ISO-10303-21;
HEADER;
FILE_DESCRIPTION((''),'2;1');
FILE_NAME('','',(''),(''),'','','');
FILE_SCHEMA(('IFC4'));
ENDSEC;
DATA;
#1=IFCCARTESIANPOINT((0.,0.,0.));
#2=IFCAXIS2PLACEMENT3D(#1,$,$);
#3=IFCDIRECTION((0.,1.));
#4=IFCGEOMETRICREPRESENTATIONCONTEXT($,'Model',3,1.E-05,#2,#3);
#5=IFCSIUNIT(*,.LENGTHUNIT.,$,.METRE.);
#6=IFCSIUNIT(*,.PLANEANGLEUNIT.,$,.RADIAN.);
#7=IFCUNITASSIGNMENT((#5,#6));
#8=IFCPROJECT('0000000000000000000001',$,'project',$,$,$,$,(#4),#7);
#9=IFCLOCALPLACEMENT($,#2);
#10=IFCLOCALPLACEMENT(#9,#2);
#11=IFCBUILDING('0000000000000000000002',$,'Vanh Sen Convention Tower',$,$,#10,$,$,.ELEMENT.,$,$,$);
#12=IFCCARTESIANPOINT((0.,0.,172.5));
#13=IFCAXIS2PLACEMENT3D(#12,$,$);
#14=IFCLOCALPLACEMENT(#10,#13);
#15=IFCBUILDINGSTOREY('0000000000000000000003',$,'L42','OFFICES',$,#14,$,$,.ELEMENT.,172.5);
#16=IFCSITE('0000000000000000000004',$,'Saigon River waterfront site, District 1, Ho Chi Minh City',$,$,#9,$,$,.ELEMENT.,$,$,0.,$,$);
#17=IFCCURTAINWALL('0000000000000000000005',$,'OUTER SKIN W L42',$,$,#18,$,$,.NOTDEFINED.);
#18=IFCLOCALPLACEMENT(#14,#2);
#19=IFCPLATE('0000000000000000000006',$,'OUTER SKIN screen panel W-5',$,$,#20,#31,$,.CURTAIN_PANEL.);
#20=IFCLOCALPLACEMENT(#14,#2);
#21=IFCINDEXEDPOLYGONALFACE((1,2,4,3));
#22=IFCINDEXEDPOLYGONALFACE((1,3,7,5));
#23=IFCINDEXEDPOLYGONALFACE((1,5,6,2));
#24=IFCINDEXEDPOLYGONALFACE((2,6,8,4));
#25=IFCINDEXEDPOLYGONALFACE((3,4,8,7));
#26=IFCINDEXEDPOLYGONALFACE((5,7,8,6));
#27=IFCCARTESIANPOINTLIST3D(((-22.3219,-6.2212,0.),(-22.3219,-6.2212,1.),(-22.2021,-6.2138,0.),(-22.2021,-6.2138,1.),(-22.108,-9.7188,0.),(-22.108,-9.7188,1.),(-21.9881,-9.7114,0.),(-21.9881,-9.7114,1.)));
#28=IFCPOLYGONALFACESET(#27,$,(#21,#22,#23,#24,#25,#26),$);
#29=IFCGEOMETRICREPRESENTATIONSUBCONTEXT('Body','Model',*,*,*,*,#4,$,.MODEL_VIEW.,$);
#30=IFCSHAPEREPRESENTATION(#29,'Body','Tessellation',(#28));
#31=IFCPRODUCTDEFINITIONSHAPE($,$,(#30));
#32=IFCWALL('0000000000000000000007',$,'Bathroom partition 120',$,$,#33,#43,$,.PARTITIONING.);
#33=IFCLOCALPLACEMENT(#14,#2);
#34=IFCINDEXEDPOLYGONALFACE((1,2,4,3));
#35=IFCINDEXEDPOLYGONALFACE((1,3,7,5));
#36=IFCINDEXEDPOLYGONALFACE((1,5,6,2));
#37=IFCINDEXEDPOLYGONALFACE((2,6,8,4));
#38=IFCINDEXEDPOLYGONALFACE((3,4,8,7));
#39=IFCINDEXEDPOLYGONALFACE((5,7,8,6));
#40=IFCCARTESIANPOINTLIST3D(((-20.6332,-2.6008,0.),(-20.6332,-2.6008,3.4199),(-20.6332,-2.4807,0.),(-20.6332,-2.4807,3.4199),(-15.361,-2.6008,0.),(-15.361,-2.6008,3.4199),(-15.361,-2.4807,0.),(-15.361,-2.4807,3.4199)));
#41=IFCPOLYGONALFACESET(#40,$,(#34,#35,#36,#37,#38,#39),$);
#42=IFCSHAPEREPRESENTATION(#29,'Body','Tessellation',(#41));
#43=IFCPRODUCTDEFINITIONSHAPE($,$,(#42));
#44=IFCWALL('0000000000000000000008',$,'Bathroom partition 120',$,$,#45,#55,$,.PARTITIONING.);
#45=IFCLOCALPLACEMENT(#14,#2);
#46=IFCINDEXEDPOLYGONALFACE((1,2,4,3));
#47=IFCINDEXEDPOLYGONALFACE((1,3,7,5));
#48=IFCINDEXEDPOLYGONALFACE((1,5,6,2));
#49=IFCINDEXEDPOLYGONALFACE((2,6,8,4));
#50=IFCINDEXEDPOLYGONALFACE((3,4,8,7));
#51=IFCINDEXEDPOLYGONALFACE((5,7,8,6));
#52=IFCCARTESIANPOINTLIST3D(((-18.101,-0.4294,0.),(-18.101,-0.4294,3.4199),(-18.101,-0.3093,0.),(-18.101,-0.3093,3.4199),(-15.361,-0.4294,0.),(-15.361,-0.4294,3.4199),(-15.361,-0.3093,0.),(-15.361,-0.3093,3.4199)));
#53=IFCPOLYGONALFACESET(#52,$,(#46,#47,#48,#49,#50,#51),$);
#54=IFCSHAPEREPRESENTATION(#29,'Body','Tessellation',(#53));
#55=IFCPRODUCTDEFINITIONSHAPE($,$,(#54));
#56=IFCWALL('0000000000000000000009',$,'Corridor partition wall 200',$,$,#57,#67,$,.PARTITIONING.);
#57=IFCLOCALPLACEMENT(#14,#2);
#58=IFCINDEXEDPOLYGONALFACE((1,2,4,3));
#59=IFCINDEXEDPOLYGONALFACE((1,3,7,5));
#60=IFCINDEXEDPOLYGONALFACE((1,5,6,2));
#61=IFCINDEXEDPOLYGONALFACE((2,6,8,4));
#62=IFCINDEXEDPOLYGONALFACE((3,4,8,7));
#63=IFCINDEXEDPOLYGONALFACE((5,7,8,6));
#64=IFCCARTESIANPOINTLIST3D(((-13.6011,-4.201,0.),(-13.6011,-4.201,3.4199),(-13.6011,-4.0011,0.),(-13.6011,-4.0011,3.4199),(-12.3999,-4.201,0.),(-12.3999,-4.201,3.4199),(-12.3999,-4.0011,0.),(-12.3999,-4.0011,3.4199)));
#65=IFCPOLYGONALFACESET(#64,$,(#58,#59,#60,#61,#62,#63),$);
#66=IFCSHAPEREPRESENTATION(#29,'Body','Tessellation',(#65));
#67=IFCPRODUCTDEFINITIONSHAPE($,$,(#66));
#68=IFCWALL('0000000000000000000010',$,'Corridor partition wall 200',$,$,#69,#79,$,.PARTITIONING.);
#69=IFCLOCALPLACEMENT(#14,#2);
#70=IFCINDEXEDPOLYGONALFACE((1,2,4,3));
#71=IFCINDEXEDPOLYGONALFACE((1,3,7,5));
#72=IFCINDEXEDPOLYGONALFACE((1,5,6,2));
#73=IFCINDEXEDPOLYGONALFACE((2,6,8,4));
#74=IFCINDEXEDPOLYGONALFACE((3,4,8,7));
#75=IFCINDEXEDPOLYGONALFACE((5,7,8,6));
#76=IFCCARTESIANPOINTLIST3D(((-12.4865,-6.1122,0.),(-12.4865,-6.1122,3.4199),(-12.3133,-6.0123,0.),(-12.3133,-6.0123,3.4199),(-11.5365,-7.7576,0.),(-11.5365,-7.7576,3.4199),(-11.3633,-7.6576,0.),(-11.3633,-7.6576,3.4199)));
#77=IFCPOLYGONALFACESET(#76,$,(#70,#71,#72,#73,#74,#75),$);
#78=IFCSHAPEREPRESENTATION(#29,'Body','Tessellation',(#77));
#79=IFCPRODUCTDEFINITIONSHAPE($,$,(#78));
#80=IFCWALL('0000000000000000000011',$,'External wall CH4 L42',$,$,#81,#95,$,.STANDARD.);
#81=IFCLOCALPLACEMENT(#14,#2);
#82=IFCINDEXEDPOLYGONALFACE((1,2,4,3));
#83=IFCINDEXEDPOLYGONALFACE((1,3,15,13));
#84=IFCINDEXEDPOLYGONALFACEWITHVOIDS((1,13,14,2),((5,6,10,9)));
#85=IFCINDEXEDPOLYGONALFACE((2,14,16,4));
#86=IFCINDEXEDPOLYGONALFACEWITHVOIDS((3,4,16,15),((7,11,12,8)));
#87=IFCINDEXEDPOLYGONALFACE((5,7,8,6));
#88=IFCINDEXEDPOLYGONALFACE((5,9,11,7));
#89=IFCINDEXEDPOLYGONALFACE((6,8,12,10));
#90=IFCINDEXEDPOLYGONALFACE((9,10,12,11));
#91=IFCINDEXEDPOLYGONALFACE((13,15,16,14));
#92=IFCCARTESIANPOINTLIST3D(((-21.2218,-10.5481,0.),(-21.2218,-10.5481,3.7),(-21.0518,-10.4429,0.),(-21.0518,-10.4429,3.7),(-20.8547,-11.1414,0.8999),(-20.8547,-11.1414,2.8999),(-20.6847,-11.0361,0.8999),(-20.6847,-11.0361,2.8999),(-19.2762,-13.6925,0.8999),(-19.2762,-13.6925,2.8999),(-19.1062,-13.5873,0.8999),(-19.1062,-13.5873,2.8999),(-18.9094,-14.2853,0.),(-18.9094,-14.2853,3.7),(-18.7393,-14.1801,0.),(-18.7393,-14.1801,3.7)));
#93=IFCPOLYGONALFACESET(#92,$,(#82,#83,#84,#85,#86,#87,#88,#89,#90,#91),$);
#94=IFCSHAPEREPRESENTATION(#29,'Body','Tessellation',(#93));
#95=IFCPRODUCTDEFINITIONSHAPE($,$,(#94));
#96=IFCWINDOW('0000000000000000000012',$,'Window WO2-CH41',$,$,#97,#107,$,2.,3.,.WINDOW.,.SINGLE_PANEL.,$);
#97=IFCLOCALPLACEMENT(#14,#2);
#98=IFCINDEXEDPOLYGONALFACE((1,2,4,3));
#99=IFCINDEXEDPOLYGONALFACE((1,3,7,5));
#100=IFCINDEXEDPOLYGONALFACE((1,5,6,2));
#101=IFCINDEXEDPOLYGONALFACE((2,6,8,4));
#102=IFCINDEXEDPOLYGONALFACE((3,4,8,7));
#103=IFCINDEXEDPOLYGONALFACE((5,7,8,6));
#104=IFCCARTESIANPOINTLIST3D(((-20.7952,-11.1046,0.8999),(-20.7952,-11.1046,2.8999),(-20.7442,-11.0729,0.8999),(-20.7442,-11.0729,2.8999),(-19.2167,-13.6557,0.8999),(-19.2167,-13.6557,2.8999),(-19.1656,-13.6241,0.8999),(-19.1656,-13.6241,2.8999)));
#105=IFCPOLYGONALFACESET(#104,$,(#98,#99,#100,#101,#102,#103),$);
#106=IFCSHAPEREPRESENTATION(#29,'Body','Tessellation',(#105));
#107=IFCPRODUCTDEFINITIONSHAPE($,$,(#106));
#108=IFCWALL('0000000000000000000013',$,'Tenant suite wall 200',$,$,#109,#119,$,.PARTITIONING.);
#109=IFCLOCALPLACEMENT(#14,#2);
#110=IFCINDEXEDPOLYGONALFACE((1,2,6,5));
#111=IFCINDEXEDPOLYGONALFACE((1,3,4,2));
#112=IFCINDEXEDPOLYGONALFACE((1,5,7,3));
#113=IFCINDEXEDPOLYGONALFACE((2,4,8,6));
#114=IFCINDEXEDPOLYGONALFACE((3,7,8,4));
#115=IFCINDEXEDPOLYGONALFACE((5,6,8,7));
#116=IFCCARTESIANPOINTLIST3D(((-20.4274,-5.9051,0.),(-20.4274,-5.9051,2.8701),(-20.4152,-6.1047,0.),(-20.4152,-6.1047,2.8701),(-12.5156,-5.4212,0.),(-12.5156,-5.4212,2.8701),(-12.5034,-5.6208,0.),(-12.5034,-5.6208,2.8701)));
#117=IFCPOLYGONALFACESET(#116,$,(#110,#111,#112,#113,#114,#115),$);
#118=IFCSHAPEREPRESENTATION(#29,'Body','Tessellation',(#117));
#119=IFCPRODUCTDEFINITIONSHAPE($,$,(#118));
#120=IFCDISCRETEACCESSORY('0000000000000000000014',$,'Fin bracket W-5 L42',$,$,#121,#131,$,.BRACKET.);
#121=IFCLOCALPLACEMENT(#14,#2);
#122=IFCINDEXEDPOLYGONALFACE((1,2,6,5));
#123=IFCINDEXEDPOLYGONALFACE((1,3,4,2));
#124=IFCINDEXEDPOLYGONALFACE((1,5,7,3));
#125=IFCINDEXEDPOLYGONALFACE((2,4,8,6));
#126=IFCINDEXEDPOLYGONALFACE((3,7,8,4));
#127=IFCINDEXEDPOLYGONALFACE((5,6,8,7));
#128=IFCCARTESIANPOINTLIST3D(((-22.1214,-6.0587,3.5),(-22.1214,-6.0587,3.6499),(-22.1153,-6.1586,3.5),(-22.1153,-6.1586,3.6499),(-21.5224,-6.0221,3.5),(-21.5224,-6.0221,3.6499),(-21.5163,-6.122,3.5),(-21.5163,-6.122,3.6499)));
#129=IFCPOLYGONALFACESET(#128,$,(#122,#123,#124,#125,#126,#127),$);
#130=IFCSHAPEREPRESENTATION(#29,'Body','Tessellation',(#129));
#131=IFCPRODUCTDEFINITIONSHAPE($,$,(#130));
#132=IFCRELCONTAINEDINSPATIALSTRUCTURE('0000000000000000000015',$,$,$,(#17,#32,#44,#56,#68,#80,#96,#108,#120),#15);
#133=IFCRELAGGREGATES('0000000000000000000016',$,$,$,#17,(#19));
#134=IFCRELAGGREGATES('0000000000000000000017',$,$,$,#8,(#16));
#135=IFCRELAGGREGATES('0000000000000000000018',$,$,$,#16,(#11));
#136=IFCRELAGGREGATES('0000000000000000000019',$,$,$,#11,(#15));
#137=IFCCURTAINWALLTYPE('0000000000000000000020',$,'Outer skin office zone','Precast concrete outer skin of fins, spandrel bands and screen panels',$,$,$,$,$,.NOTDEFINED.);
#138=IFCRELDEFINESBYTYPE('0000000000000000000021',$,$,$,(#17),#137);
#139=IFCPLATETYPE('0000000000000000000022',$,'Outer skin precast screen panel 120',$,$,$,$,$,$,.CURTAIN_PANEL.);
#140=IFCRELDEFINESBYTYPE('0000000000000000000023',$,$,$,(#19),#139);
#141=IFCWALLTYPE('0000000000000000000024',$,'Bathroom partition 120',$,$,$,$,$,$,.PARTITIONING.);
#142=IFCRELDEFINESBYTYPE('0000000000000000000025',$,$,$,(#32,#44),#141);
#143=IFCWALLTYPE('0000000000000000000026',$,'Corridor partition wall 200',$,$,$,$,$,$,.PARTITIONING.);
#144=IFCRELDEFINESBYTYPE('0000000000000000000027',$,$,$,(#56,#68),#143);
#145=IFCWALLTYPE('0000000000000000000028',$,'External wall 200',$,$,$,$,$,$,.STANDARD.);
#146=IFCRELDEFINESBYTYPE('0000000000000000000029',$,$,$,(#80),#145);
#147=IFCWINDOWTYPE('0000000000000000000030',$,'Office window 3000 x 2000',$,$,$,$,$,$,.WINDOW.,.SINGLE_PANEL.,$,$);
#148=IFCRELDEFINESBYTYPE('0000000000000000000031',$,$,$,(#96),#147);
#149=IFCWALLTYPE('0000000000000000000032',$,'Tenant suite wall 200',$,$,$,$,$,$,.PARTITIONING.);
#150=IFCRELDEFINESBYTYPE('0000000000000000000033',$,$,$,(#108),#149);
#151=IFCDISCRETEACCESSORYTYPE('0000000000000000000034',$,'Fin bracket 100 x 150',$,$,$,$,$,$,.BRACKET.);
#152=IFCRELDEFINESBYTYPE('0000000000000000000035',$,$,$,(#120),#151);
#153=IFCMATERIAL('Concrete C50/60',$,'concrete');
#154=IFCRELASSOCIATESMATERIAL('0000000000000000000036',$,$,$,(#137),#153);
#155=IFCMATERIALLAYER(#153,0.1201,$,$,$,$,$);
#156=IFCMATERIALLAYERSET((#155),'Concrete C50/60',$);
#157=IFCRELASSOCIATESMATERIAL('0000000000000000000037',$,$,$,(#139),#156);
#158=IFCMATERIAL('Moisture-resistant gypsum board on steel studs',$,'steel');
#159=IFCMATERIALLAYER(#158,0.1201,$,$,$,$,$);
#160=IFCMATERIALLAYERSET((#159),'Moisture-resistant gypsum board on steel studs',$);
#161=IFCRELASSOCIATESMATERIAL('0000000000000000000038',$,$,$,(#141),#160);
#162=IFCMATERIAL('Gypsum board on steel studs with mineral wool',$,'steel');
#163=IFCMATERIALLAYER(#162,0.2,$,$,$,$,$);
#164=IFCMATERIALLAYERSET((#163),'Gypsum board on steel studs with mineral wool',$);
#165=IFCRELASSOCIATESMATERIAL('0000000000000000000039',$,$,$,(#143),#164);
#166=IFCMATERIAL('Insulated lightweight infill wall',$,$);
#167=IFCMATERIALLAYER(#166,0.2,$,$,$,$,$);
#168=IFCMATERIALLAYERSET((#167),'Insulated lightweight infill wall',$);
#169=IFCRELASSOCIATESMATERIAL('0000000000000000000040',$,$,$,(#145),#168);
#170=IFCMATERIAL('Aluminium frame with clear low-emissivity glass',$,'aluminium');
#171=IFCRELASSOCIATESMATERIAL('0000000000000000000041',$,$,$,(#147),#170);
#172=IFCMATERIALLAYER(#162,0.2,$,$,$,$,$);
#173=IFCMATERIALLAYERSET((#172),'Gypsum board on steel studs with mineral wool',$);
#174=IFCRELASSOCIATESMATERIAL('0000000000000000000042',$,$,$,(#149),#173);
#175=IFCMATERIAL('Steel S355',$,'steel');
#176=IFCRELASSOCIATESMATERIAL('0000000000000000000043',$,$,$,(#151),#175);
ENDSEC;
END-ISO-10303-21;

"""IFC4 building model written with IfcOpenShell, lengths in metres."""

from ifc_helpers import new_model, si_unit, direction, frame, frame_2d, origin, origin_2d, place, context, subcontext, project, spatial, rectangle, extrude, material, layer, layer_set, type_object, element, fill, aggregate, save


model = new_model("IFC4")

# Units and contexts
model_context = context("Model", 3, precision=1e-05, world=origin(), true_north=direction((0.0, 1.0)))
body_context = subcontext(model_context, "Body", "Model", "MODEL_VIEW")
ifc_project = project(units=[si_unit("LENGTHUNIT", "METRE"), si_unit("PLANEANGLEUNIT", "RADIAN")], contexts=[model_context])

# Site, building, storey
site_placement = place(None, origin())
site = spatial("IfcSite", under=ifc_project, at=site_placement, Name="Saigon River waterfront site, District 1, Ho Chi Minh City", CompositionType="ELEMENT", RefElevation=0.0)
building_placement = place(site_placement, origin())
building = spatial("IfcBuilding", under=site, at=building_placement, Name="Vanh Sen Convention Tower", CompositionType="ELEMENT")
storey_placement = place(building_placement, frame((0.0, 0.0, 172.5)))
storey = spatial("IfcBuildingStorey", under=building, at=storey_placement, Name="L42", Description="OFFICES", CompositionType="ELEMENT", Elevation=172.5)

# Curtain wall
ifc_material_1 = material(Name="Concrete C50/60", Category="concrete")
curtain_wall_type = type_object("IfcCurtainWallType", Name="Outer skin office zone", Description="Precast concrete outer skin of fins, spandrel bands and screen panels", PredefinedType="NOTDEFINED", material=ifc_material_1)
curtain_wall_1_placement = place(storey_placement, origin())
curtain_wall_1 = element("IfcCurtainWall", 1, at=curtain_wall_1_placement, inside=storey, type_object=curtain_wall_type, Name="OUTER SKIN W L42", PredefinedType="NOTDEFINED")

# Plate
ifc_layer_1 = layer(ifc_material_1, 0.1201)
ifc_layer_set_1 = layer_set([ifc_layer_1], Name="Concrete C50/60")
plate_type = type_object("IfcPlateType", Name="Outer skin precast screen panel 120", PredefinedType="CURTAIN_PANEL", material=ifc_layer_set_1)
plate_1_placement = place(storey_placement, frame((-22.155, -7.9663, 0.0), z_axis=(0.0, 0.0, 1.0), x_axis=(0.061054, -0.998134, 0.0)))
plate_1 = element("IfcPlate", 2, at=plate_1_placement, type_object=plate_type, Name="OUTER SKIN screen panel W-5", PredefinedType="CURTAIN_PANEL", context=body_context, shape_type="SweptSolid", body=[
    extrude(rectangle(XDim=3.5042, YDim=0.1201, at=origin_2d()), origin(), (0.0, 0.0, 1.0), 1.0),
])
aggregate(curtain_wall_1, [plate_1])

# Walls
ifc_material_2 = material(Name="Moisture-resistant gypsum board on steel studs", Category="steel")
ifc_layer_2 = layer(ifc_material_2, 0.1201)
ifc_layer_set_2 = layer_set([ifc_layer_2], Name="Moisture-resistant gypsum board on steel studs")
wall_type_1 = type_object("IfcWallType", Name="Bathroom partition 120", PredefinedType="PARTITIONING", material=ifc_layer_set_2)
wall_1_placement = place(storey_placement, frame((-20.6333, -2.5408, 0.0), z_axis=(0.0, 0.0, 1.0), x_axis=(1.0, 0.0, 0.0)))
element("IfcWall", 3, at=wall_1_placement, inside=storey, type_object=wall_type_1, Name="Bathroom partition 120", PredefinedType="PARTITIONING", context=body_context, shape_type="SweptSolid", body=[
    extrude(rectangle(XDim=5.2722, YDim=0.1201, at=frame_2d((2.6362, 0.0))), origin(), (0.0, 0.0, 1.0), 3.4199),
])
wall_2_placement = place(storey_placement, frame((-18.1011, -0.3694, 0.0), z_axis=(0.0, 0.0, 1.0), x_axis=(1.0, 0.0, 0.0)))
element("IfcWall", 4, at=wall_2_placement, inside=storey, type_object=wall_type_1, Name="Bathroom partition 120", PredefinedType="PARTITIONING", context=body_context, shape_type="SweptSolid", body=[
    extrude(rectangle(XDim=2.74, YDim=0.1201, at=frame_2d((1.3701, 0.0))), origin(), (0.0, 0.0, 1.0), 3.4199),
])
ifc_material_3 = material(Name="Gypsum board on steel studs with mineral wool", Category="steel")
ifc_layer_3 = layer(ifc_material_3, 0.2)
ifc_layer_set_3 = layer_set([ifc_layer_3], Name="Gypsum board on steel studs with mineral wool")
wall_type_2 = type_object("IfcWallType", Name="Corridor partition wall 200", PredefinedType="PARTITIONING", material=ifc_layer_set_3)
wall_3_placement = place(storey_placement, frame((-13.6011, -4.1011, 0.0), z_axis=(0.0, 0.0, 1.0), x_axis=(1.0, 0.0, 0.0)))
element("IfcWall", 5, at=wall_3_placement, inside=storey, type_object=wall_type_2, Name="Corridor partition wall 200", PredefinedType="PARTITIONING", context=body_context, shape_type="SweptSolid", body=[
    extrude(rectangle(XDim=1.2012, YDim=0.2, at=frame_2d((0.6006, 0.0))), origin(), (0.0, 0.0, 1.0), 3.4199),
])
wall_4_placement = place(storey_placement, frame((-12.3999, -6.0623, 0.0), z_axis=(0.0, 0.0, 1.0), x_axis=(0.500023, -0.866012, 0.0)))
element("IfcWall", 6, at=wall_4_placement, inside=storey, type_object=wall_type_2, Name="Corridor partition wall 200", PredefinedType="PARTITIONING", context=body_context, shape_type="SweptSolid", body=[
    extrude(rectangle(XDim=1.8999, YDim=0.2, at=frame_2d((0.95, 0.0))), origin(), (0.0, 0.0, 1.0), 3.4199),
])

# Wall, opening, window
ifc_material_4 = material(Name="Insulated lightweight infill wall")
ifc_layer_4 = layer(ifc_material_4, 0.2)
ifc_layer_set_4 = layer_set([ifc_layer_4], Name="Insulated lightweight infill wall")
wall_type_3 = type_object("IfcWallType", Name="External wall 200", PredefinedType="STANDARD", material=ifc_layer_set_4)
wall_5_placement = place(storey_placement, frame((-21.1367, -10.4956, 0.0), z_axis=(0.0, 0.0, 1.0), x_axis=(0.526179, -0.850374, 0.0)))
wall_5 = element("IfcWall", 7, at=wall_5_placement, inside=storey, type_object=wall_type_3, Name="External wall CH4 L42", PredefinedType="STANDARD", context=body_context, shape_type="SweptSolid", body=[
    extrude(rectangle(XDim=4.3948, YDim=0.2, at=frame_2d((2.1973, 0.0))), origin(), (0.0, 0.0, 1.0), 3.7),
])
opening_placement = place(wall_5_placement, frame((0.6975, 0.0, 0.8999)))
opening = element("IfcOpeningElement", 8, at=opening_placement, cuts=wall_5, PredefinedType="OPENING", context=body_context, shape_type="SweptSolid", body=[
    extrude(rectangle(XDim=3.0, YDim=2.0, at=frame_2d((1.5, 1.0))), frame((0.0, 0.1099, 0.0), z_axis=(0.0, -1.0, 0.0), x_axis=(1.0, 0.0, 0.0)), (0.0, 0.0, 1.0), 0.22),
])
ifc_material_5 = material(Name="Aluminium frame with clear low-emissivity glass", Category="aluminium")
window_type = type_object("IfcWindowType", Name="Office window 3000 x 2000", PartitioningType="SINGLE_PANEL", PredefinedType="WINDOW", material=ifc_material_5)
window_placement = place(opening_placement, origin())
window = element("IfcWindow", 9, at=window_placement, inside=storey, type_object=window_type, Name="Window WO2-CH41", OverallHeight=2.0, OverallWidth=3.0, PartitioningType="SINGLE_PANEL", PredefinedType="WINDOW", context=body_context, shape_type="SweptSolid", body=[
    extrude(rectangle(XDim=3.0, YDim=2.0, at=frame_2d((1.5, 1.0))), frame((0.0, 0.03, 0.0), z_axis=(0.0, -1.0, 0.0), x_axis=(1.0, 0.0, 0.0)), (0.0, 0.0, 1.0), 0.0601),
])
fill(opening, window)

# Wall
ifc_layer_5 = layer(ifc_material_3, 0.2)
ifc_layer_set_5 = layer_set([ifc_layer_5], Name="Gypsum board on steel studs with mineral wool")
wall_type_4 = type_object("IfcWallType", Name="Tenant suite wall 200", PredefinedType="PARTITIONING", material=ifc_layer_set_5)
wall_6_placement = place(storey_placement, frame((-20.4214, -6.0049, 0.0), z_axis=(0.0, 0.0, 1.0), x_axis=(0.998135, 0.061047, 0.0)))
element("IfcWall", 10, at=wall_6_placement, inside=storey, type_object=wall_type_4, Name="Tenant suite wall 200", PredefinedType="PARTITIONING", context=body_context, shape_type="SweptSolid", body=[
    extrude(rectangle(XDim=7.9265, YDim=0.2, at=frame_2d((3.9634, 0.0))), origin(), (0.0, 0.0, 1.0), 2.8701),
])

# Discrete accessory
ifc_material_6 = material(Name="Steel S355", Category="steel")
discrete_accessory_type = type_object("IfcDiscreteAccessoryType", Name="Fin bracket 100 x 150", PredefinedType="BRACKET", material=ifc_material_6)
discrete_accessory_placement = place(storey_placement, frame((-21.8188, -6.0903, 3.5), z_axis=(0.0, 0.0, 1.0), x_axis=(-0.998135, -0.061049, 0.0)))
element("IfcDiscreteAccessory", 11, at=discrete_accessory_placement, inside=storey, type_object=discrete_accessory_type, Name="Fin bracket W-5 L42", PredefinedType="BRACKET", context=body_context, shape_type="SweptSolid", body=[
    extrude(rectangle(XDim=0.6001, YDim=0.1001, at=origin_2d()), origin(), (0.0, 0.0, 1.0), 0.1499),
])

save(model, "model.ifc")
